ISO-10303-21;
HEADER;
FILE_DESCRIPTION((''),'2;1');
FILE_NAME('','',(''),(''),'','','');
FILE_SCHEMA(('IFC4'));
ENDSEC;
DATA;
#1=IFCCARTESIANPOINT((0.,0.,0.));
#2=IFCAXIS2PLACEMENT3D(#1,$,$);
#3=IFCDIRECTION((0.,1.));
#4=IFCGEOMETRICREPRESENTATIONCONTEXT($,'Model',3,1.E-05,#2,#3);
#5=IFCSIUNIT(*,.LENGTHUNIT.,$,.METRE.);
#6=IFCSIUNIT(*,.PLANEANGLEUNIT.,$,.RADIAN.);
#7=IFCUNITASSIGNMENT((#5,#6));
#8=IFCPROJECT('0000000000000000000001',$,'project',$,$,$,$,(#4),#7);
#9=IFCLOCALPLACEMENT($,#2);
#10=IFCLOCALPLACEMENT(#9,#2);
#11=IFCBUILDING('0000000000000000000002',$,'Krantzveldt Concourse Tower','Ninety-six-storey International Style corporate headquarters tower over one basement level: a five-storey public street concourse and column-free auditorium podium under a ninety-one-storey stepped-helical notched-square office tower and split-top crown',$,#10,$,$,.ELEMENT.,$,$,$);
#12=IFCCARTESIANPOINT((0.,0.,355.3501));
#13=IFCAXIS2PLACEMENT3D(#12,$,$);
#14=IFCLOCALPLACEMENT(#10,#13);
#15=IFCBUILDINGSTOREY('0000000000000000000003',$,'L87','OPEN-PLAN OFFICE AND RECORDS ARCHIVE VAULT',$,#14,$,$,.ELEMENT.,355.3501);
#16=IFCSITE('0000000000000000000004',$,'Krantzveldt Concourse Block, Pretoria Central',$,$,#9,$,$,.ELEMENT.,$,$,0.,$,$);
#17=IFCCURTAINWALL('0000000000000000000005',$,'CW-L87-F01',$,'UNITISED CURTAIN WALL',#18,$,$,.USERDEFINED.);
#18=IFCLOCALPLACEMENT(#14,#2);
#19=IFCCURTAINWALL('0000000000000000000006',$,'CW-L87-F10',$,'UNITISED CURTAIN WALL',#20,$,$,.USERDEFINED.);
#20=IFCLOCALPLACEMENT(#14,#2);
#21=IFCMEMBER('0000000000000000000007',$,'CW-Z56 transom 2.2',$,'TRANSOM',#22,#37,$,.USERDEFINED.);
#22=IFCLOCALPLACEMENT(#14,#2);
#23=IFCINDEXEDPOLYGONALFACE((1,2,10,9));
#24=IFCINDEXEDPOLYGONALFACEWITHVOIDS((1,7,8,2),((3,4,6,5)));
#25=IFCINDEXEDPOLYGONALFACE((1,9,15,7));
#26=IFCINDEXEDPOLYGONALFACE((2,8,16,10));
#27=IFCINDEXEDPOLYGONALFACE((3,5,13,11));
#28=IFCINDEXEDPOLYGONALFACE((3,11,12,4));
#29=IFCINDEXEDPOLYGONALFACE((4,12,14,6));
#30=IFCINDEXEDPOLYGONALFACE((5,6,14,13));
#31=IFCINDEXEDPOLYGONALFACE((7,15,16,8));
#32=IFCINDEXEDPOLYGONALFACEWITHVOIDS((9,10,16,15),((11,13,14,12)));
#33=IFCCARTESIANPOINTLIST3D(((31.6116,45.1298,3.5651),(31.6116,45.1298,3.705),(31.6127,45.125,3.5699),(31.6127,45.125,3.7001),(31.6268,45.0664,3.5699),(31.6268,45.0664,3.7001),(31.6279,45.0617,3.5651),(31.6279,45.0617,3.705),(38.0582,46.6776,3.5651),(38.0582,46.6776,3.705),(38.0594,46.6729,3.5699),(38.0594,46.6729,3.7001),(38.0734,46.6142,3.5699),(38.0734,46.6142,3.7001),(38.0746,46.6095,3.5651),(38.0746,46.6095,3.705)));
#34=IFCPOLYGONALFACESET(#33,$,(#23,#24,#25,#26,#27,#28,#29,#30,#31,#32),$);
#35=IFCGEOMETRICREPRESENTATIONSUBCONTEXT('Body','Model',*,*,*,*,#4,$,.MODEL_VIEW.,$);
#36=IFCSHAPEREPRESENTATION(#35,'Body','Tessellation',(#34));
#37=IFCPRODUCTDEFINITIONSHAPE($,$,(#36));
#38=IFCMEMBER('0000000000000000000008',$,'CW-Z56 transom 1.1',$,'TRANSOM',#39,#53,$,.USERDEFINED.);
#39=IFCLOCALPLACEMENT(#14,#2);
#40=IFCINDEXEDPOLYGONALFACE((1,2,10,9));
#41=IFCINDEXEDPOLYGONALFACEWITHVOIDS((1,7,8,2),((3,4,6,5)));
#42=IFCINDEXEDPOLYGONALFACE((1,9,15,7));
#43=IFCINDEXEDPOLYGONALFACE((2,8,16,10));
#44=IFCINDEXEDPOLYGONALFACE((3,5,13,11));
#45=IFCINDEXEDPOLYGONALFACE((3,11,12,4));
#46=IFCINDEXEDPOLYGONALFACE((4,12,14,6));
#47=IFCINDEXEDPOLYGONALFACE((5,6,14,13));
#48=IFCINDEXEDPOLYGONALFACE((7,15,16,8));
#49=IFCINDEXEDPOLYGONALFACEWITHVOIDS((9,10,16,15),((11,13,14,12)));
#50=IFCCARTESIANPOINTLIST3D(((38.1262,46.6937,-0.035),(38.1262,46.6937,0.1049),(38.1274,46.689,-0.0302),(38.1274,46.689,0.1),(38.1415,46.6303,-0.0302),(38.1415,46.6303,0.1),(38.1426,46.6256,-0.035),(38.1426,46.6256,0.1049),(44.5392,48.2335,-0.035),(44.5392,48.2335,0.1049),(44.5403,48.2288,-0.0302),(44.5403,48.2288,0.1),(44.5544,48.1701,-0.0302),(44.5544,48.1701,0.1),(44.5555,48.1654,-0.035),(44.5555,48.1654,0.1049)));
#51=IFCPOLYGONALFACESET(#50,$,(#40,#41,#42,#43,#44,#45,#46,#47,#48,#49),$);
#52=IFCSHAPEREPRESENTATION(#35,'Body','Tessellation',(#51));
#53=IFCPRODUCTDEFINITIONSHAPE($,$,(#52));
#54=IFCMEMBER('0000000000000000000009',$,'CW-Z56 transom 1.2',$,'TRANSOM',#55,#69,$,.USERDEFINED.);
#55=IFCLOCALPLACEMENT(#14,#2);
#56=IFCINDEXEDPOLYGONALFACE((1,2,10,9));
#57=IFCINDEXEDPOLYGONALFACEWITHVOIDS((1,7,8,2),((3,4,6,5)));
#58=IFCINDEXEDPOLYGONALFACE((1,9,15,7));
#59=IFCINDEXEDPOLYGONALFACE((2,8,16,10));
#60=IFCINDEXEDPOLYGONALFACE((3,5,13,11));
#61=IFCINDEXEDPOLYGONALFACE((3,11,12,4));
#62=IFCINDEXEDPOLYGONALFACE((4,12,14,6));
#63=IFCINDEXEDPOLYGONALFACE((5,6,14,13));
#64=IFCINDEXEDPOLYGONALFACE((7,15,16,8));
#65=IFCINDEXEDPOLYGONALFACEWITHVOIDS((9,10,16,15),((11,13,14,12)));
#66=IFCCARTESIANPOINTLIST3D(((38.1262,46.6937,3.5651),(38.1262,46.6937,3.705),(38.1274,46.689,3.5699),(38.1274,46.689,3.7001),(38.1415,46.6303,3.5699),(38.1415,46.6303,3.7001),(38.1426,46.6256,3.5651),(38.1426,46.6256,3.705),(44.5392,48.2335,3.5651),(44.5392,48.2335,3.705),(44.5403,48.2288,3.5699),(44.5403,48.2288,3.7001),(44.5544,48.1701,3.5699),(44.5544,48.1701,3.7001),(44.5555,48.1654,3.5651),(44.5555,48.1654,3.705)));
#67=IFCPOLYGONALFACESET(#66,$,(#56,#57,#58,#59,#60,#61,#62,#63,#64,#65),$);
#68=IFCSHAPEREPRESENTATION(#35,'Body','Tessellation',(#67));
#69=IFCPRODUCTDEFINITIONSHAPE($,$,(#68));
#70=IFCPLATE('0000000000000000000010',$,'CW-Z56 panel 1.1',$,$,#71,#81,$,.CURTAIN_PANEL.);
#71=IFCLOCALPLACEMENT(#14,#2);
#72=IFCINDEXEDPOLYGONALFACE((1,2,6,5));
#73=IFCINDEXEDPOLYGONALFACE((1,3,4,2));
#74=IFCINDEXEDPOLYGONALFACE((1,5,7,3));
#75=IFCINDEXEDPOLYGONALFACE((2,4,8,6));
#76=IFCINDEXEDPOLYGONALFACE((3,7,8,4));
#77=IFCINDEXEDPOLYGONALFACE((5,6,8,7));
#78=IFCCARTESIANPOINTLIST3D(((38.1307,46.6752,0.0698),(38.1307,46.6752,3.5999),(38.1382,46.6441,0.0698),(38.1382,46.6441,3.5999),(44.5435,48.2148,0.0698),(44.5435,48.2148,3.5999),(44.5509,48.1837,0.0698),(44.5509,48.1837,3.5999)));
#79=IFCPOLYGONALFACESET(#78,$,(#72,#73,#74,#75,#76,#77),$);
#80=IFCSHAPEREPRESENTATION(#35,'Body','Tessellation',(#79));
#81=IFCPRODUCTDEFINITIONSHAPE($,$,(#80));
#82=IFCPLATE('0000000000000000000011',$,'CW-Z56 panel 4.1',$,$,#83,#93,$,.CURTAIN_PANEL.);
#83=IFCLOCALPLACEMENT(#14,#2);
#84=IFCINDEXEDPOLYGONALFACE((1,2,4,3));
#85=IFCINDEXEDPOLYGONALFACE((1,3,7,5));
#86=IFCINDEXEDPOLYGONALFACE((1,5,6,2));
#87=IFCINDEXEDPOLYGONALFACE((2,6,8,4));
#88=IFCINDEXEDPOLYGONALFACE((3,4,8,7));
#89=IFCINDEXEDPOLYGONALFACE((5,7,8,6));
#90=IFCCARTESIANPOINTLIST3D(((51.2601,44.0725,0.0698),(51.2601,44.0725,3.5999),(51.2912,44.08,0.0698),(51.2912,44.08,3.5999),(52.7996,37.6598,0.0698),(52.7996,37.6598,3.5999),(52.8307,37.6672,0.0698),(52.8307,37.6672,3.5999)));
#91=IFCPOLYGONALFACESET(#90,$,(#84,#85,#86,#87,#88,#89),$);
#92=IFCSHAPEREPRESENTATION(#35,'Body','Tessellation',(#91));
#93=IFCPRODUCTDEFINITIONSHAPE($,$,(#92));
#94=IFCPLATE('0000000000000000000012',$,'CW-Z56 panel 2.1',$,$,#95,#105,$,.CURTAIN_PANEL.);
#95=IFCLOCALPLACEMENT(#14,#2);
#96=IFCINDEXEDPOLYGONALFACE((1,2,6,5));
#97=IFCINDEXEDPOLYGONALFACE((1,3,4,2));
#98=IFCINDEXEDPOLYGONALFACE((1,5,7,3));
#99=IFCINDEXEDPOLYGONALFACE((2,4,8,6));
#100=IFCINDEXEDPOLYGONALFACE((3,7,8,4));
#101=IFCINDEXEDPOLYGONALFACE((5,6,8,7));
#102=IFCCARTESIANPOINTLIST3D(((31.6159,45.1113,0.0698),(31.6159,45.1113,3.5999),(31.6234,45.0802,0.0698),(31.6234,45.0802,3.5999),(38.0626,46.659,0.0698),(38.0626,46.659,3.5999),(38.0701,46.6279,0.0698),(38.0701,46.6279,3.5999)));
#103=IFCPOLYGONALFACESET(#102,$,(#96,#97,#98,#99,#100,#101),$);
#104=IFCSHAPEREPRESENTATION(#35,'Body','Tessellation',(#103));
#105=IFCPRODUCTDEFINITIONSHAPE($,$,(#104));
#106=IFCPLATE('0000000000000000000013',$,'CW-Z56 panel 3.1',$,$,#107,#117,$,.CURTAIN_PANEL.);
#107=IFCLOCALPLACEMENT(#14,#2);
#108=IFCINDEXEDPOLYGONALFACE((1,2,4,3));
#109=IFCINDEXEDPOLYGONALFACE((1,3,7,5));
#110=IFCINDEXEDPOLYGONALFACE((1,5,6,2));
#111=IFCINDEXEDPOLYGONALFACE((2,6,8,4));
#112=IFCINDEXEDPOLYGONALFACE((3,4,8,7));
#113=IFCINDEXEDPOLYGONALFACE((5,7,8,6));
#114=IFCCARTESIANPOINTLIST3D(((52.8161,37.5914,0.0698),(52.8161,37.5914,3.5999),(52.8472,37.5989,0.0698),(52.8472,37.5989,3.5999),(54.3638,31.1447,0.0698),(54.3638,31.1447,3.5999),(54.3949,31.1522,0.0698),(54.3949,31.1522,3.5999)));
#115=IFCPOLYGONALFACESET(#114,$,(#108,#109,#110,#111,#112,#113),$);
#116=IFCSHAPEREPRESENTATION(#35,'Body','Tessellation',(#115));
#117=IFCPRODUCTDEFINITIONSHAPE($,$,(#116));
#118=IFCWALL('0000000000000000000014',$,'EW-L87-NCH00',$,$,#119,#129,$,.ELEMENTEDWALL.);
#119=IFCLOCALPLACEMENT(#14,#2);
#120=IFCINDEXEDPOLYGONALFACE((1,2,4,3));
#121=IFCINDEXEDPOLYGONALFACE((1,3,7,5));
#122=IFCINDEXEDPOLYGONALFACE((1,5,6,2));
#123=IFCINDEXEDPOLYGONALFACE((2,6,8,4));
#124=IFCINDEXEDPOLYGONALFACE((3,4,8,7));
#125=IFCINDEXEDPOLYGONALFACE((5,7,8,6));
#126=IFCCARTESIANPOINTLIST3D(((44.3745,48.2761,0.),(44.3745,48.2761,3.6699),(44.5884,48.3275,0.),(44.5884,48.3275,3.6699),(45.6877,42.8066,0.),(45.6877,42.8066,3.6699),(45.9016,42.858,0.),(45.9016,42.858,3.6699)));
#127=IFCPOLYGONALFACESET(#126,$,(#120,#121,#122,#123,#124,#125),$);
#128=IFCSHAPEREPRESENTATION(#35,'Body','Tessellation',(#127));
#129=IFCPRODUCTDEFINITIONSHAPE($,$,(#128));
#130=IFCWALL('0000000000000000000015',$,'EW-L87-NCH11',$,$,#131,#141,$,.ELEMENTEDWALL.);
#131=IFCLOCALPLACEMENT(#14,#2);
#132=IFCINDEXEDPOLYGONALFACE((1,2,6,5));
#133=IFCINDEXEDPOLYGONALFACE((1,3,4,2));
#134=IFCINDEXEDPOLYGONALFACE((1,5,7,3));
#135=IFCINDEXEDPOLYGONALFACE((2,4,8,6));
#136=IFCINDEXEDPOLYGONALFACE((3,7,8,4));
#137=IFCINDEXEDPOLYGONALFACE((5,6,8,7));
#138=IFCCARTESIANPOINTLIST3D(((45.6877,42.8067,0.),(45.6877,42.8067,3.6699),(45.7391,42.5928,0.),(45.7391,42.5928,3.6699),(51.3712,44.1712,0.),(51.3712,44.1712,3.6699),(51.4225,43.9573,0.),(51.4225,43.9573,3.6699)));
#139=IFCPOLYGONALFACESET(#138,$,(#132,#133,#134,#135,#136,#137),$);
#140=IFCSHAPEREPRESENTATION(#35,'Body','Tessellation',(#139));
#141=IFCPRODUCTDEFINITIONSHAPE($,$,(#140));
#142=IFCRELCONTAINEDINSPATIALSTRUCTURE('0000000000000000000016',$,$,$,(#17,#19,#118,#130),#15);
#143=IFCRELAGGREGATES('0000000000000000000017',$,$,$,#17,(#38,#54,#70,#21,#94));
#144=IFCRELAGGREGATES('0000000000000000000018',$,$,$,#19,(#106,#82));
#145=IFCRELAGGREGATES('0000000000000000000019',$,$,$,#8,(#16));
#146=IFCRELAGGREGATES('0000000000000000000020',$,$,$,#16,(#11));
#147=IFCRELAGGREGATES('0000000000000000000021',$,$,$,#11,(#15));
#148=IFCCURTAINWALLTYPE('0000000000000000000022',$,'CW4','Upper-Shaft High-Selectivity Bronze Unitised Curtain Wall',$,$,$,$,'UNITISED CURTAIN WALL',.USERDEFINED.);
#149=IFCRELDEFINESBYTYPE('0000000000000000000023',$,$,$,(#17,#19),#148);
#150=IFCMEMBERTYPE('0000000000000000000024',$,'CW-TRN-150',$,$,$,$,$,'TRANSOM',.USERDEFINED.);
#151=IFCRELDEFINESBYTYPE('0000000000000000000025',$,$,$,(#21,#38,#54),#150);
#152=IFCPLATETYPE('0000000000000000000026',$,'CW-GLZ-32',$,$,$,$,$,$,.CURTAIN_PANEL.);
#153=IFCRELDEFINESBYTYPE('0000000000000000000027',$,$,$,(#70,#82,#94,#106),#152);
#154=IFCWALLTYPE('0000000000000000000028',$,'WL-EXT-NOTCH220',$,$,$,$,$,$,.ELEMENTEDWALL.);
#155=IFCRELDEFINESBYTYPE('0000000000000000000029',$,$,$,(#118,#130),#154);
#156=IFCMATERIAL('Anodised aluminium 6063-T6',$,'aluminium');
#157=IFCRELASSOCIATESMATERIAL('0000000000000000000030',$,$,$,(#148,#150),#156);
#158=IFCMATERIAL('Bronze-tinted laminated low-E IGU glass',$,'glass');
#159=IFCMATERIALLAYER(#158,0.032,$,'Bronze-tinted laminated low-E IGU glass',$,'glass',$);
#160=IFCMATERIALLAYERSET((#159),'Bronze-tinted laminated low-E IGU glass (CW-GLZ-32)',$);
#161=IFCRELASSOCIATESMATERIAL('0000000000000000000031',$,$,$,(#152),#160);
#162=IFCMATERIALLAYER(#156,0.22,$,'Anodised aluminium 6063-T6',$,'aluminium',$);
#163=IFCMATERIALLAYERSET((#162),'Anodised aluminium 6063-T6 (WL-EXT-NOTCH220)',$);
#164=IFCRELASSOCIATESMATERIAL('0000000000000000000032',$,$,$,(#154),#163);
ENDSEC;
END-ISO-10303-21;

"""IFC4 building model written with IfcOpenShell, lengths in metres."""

from ifc_helpers import new_model, si_unit, direction, frame, frame_2d, origin, origin_2d, place, context, subcontext, project, spatial, rectangle, hollow_rectangle, extrude, source, transform, mapped, material, layer, layer_set, material_profile, profile_set, type_object, type_shapes, element, aggregate, save


model = new_model("IFC4")

# Units and contexts
model_context = context("Model", 3, precision=1e-05, world=origin(), true_north=direction((0.0, 1.0)))
body_context = subcontext(model_context, "Body", "Model", "MODEL_VIEW")
ifc_project = project(units=[si_unit("LENGTHUNIT", "METRE"), si_unit("PLANEANGLEUNIT", "RADIAN")], contexts=[model_context])

# Site, building, storey
site_placement = place(None, origin())
site = spatial("IfcSite", under=ifc_project, at=site_placement, Name="Krantzveldt Concourse Block, Pretoria Central", CompositionType="ELEMENT", RefElevation=0.0)
building_placement = place(site_placement, origin())
building = spatial("IfcBuilding", under=site, at=building_placement, Name="Krantzveldt Concourse Tower", Description="Ninety-six-storey International Style corporate headquarters tower over one basement level: a five-storey public street concourse and column-free auditorium podium under a ninety-one-storey stepped-helical notched-square office tower and split-top crown", CompositionType="ELEMENT")
storey_placement = place(building_placement, frame((0.0, 0.0, 355.3501)))
storey = spatial("IfcBuildingStorey", under=building, at=storey_placement, Name="L87", Description="OPEN-PLAN OFFICE AND RECORDS ARCHIVE VAULT", CompositionType="ELEMENT", Elevation=355.3501)

# Curtain walls
ifc_material_1 = material(Name="Anodised aluminium 6063-T6", Category="aluminium")
curtain_wall_type = type_object("IfcCurtainWallType", Name="CW4", Description="Upper-Shaft High-Selectivity Bronze Unitised Curtain Wall", ElementType="UNITISED CURTAIN WALL", PredefinedType="USERDEFINED", material=ifc_material_1)
curtain_wall_1_placement = place(storey_placement, origin())
curtain_wall_1 = element("IfcCurtainWall", 1, at=curtain_wall_1_placement, inside=storey, type_object=curtain_wall_type, Name="CW-L87-F01", ObjectType="UNITISED CURTAIN WALL", PredefinedType="USERDEFINED")
curtain_wall_2_placement = place(storey_placement, origin())
curtain_wall_2 = element("IfcCurtainWall", 2, at=curtain_wall_2_placement, inside=storey, type_object=curtain_wall_type, Name="CW-L87-F10", ObjectType="UNITISED CURTAIN WALL", PredefinedType="USERDEFINED")
ifc_material_profile_1 = material_profile(ifc_material_1, hollow_rectangle(XDim=0.0701, YDim=0.1399, WallThickness=0.0049, at=origin_2d()), Name="Anodised aluminium 6063-T6", Category="aluminium")
ifc_profile_set_1 = profile_set([ifc_material_profile_1], Name="Anodised aluminium 6063-T6 - ALU-TRAN 140x70x5")
member_type_1 = type_object("IfcMemberType", Name="CW-TRN-150", ElementType="TRANSOM", PredefinedType="USERDEFINED", material=ifc_profile_set_1)

# Members
shared_shape_1 = source(origin(), body_context, "Body", "SweptSolid", [
    extrude(hollow_rectangle(XDim=0.0701, YDim=0.1399, WallThickness=0.0049, at=origin_2d()), origin(), (0.0, 0.0, 1.0), 6.6299),
])
member_1_placement = place(storey_placement, frame((38.0664, 46.6436, 3.635), z_axis=(-0.972366, -0.233462, 0.0), x_axis=(0.233462, -0.972366, 0.0)))
member_1 = element("IfcMember", 3, at=member_1_placement, type_object=member_type_1, Name="CW-Z56 transom 2.2", ObjectType="TRANSOM", PredefinedType="USERDEFINED", context=body_context, shape_type="MappedRepresentation", body=[
    mapped(shared_shape_1, transform((0.0, 0.0, 0.0), x_axis=(1.0, 0.0, 0.0), y_axis=(0.0, 1.0, 0.0), z_axis=(0.0, 0.0, 1.0), scale=1.0)),
])
shared_shape_2 = source(origin(), body_context, "Body", "SweptSolid", [
    extrude(hollow_rectangle(XDim=0.0701, YDim=0.1399, WallThickness=0.0049, at=origin_2d()), origin(), (0.0, 0.0, 1.0), 6.5952),
])
member_2_placement = place(storey_placement, frame((44.5474, 48.1995, 0.0349), z_axis=(-0.972363, -0.233475, 0.0), x_axis=(0.233475, -0.972363, 0.0)))
member_2 = element("IfcMember", 4, at=member_2_placement, type_object=member_type_1, Name="CW-Z56 transom 1.1", ObjectType="TRANSOM", PredefinedType="USERDEFINED", context=body_context, shape_type="MappedRepresentation", body=[
    mapped(shared_shape_2, transform((0.0, 0.0, 0.0), x_axis=(1.0, 0.0, 0.0), y_axis=(0.0, 1.0, 0.0), z_axis=(0.0, 0.0, 1.0), scale=1.0)),
])
member_3_placement = place(storey_placement, frame((44.5474, 48.1995, 3.635), z_axis=(-0.972363, -0.233475, 0.0), x_axis=(0.233475, -0.972363, 0.0)))
member_3 = element("IfcMember", 5, at=member_3_placement, type_object=member_type_1, Name="CW-Z56 transom 1.2", ObjectType="TRANSOM", PredefinedType="USERDEFINED", context=body_context, shape_type="MappedRepresentation", body=[
    mapped(shared_shape_2, transform((0.0, 0.0, 0.0), x_axis=(1.0, 0.0, 0.0), y_axis=(0.0, 1.0, 0.0), z_axis=(0.0, 0.0, 1.0), scale=1.0)),
])

# Plates
ifc_material_2 = material(Name="Bronze-tinted laminated low-E IGU glass", Category="glass")
ifc_layer_1 = layer(ifc_material_2, 0.032, Name="Bronze-tinted laminated low-E IGU glass", Category="glass")
ifc_layer_set_1 = layer_set([ifc_layer_1], Name="Bronze-tinted laminated low-E IGU glass (CW-GLZ-32)")
plate_type = type_object("IfcPlateType", Name="CW-GLZ-32", PredefinedType="CURTAIN_PANEL", material=ifc_layer_set_1)
shared_shape_3 = source(origin(), body_context, "Body", "SweptSolid", [
    extrude(rectangle(XDim=6.595, YDim=0.032, at=origin_2d()), origin(), (0.0, 0.0, 1.0), 3.53),
])
plate_1_placement = place(storey_placement, frame((41.3408, 47.4294, 0.0698), z_axis=(0.0, 0.0, 1.0), x_axis=(-0.97237, -0.233445, 0.0)))
plate_1 = element("IfcPlate", 6, at=plate_1_placement, type_object=plate_type, Name="CW-Z56 panel 1.1", PredefinedType="CURTAIN_PANEL", context=body_context, shape_type="MappedRepresentation", body=[
    mapped(shared_shape_3, transform((0.0, 0.0, 0.0), x_axis=(1.0, 0.0, 0.0), y_axis=(0.0, 1.0, 0.0), z_axis=(0.0, 0.0, 1.0), scale=1.0)),
])
plate_2_placement = place(storey_placement, frame((52.0454, 40.8699, 0.0698), z_axis=(0.0, 0.0, 1.0), x_axis=(-0.233445, 0.97237, 0.0)))
plate_2 = element("IfcPlate", 7, at=plate_2_placement, type_object=plate_type, Name="CW-Z56 panel 4.1", PredefinedType="CURTAIN_PANEL", context=body_context, shape_type="MappedRepresentation", body=[
    mapped(shared_shape_3, transform((0.0, 0.0, 0.0), x_axis=(1.0, 0.0, 0.0), y_axis=(0.0, 1.0, 0.0), z_axis=(0.0, 0.0, 1.0), scale=1.0)),
])
shared_shape_4 = source(origin(), body_context, "Body", "SweptSolid", [
    extrude(rectangle(XDim=6.6299, YDim=0.032, at=origin_2d()), origin(), (0.0, 0.0, 1.0), 3.53),
])
type_shapes(plate_type, [shared_shape_3, shared_shape_4])
plate_3_placement = place(storey_placement, frame((34.843, 45.8696, 0.0698), z_axis=(0.0, 0.0, 1.0), x_axis=(-0.97237, -0.233445, 0.0)))
plate_3 = element("IfcPlate", 8, at=plate_3_placement, type_object=plate_type, Name="CW-Z56 panel 2.1", PredefinedType="CURTAIN_PANEL", context=body_context, shape_type="MappedRepresentation", body=[
    mapped(shared_shape_4, transform((0.0, 0.0, 0.0), x_axis=(1.0, 0.0, 0.0), y_axis=(0.0, 1.0, 0.0), z_axis=(0.0, 0.0, 1.0), scale=1.0)),
])
aggregate(curtain_wall_1, [member_2, member_3, plate_1, member_1, plate_3])
plate_4_placement = place(storey_placement, frame((53.6055, 34.3718, 0.0698), z_axis=(0.0, 0.0, 1.0), x_axis=(-0.233445, 0.97237, 0.0)))
plate_4 = element("IfcPlate", 9, at=plate_4_placement, type_object=plate_type, Name="CW-Z56 panel 3.1", PredefinedType="CURTAIN_PANEL", context=body_context, shape_type="MappedRepresentation", body=[
    mapped(shared_shape_4, transform((0.0, 0.0, 0.0), x_axis=(1.0, 0.0, 0.0), y_axis=(0.0, 1.0, 0.0), z_axis=(0.0, 0.0, 1.0), scale=1.0)),
])
aggregate(curtain_wall_2, [plate_4, plate_2])

# Walls
ifc_layer_2 = layer(ifc_material_1, 0.22, Name="Anodised aluminium 6063-T6", Category="aluminium")
ifc_layer_set_2 = layer_set([ifc_layer_2], Name="Anodised aluminium 6063-T6 (WL-EXT-NOTCH220)")
wall_type = type_object("IfcWallType", Name="WL-EXT-NOTCH220", PredefinedType="ELEMENTEDWALL", material=ifc_layer_set_2)
wall_1_placement = place(storey_placement, frame((45.7947, 42.8323, 0.0), z_axis=(0.0, 0.0, 1.0), x_axis=(-0.233467, 0.972365, 0.0)))
element("IfcWall", 10, at=wall_1_placement, inside=storey, type_object=wall_type, Name="EW-L87-NCH00", PredefinedType="ELEMENTEDWALL", context=body_context, shape_type="SweptSolid", body=[
    extrude(rectangle(XDim=5.625, YDim=0.22, at=frame_2d((2.8125, 0.0))), origin(), (0.0, 0.0, 1.0), 3.6699),
])
wall_2_placement = place(storey_placement, frame((51.3967, 44.0642, 0.0), z_axis=(0.0, 0.0, 1.0), x_axis=(-0.972368, -0.233454, 0.0)))
element("IfcWall", 11, at=wall_2_placement, inside=storey, type_object=wall_type, Name="EW-L87-NCH11", PredefinedType="ELEMENTEDWALL", context=body_context, shape_type="SweptSolid", body=[
    extrude(rectangle(XDim=5.845, YDim=0.22, at=frame_2d((2.9224, 0.0))), origin(), (0.0, 0.0, 1.0), 3.6699),
])

save(model, "model.ifc")
